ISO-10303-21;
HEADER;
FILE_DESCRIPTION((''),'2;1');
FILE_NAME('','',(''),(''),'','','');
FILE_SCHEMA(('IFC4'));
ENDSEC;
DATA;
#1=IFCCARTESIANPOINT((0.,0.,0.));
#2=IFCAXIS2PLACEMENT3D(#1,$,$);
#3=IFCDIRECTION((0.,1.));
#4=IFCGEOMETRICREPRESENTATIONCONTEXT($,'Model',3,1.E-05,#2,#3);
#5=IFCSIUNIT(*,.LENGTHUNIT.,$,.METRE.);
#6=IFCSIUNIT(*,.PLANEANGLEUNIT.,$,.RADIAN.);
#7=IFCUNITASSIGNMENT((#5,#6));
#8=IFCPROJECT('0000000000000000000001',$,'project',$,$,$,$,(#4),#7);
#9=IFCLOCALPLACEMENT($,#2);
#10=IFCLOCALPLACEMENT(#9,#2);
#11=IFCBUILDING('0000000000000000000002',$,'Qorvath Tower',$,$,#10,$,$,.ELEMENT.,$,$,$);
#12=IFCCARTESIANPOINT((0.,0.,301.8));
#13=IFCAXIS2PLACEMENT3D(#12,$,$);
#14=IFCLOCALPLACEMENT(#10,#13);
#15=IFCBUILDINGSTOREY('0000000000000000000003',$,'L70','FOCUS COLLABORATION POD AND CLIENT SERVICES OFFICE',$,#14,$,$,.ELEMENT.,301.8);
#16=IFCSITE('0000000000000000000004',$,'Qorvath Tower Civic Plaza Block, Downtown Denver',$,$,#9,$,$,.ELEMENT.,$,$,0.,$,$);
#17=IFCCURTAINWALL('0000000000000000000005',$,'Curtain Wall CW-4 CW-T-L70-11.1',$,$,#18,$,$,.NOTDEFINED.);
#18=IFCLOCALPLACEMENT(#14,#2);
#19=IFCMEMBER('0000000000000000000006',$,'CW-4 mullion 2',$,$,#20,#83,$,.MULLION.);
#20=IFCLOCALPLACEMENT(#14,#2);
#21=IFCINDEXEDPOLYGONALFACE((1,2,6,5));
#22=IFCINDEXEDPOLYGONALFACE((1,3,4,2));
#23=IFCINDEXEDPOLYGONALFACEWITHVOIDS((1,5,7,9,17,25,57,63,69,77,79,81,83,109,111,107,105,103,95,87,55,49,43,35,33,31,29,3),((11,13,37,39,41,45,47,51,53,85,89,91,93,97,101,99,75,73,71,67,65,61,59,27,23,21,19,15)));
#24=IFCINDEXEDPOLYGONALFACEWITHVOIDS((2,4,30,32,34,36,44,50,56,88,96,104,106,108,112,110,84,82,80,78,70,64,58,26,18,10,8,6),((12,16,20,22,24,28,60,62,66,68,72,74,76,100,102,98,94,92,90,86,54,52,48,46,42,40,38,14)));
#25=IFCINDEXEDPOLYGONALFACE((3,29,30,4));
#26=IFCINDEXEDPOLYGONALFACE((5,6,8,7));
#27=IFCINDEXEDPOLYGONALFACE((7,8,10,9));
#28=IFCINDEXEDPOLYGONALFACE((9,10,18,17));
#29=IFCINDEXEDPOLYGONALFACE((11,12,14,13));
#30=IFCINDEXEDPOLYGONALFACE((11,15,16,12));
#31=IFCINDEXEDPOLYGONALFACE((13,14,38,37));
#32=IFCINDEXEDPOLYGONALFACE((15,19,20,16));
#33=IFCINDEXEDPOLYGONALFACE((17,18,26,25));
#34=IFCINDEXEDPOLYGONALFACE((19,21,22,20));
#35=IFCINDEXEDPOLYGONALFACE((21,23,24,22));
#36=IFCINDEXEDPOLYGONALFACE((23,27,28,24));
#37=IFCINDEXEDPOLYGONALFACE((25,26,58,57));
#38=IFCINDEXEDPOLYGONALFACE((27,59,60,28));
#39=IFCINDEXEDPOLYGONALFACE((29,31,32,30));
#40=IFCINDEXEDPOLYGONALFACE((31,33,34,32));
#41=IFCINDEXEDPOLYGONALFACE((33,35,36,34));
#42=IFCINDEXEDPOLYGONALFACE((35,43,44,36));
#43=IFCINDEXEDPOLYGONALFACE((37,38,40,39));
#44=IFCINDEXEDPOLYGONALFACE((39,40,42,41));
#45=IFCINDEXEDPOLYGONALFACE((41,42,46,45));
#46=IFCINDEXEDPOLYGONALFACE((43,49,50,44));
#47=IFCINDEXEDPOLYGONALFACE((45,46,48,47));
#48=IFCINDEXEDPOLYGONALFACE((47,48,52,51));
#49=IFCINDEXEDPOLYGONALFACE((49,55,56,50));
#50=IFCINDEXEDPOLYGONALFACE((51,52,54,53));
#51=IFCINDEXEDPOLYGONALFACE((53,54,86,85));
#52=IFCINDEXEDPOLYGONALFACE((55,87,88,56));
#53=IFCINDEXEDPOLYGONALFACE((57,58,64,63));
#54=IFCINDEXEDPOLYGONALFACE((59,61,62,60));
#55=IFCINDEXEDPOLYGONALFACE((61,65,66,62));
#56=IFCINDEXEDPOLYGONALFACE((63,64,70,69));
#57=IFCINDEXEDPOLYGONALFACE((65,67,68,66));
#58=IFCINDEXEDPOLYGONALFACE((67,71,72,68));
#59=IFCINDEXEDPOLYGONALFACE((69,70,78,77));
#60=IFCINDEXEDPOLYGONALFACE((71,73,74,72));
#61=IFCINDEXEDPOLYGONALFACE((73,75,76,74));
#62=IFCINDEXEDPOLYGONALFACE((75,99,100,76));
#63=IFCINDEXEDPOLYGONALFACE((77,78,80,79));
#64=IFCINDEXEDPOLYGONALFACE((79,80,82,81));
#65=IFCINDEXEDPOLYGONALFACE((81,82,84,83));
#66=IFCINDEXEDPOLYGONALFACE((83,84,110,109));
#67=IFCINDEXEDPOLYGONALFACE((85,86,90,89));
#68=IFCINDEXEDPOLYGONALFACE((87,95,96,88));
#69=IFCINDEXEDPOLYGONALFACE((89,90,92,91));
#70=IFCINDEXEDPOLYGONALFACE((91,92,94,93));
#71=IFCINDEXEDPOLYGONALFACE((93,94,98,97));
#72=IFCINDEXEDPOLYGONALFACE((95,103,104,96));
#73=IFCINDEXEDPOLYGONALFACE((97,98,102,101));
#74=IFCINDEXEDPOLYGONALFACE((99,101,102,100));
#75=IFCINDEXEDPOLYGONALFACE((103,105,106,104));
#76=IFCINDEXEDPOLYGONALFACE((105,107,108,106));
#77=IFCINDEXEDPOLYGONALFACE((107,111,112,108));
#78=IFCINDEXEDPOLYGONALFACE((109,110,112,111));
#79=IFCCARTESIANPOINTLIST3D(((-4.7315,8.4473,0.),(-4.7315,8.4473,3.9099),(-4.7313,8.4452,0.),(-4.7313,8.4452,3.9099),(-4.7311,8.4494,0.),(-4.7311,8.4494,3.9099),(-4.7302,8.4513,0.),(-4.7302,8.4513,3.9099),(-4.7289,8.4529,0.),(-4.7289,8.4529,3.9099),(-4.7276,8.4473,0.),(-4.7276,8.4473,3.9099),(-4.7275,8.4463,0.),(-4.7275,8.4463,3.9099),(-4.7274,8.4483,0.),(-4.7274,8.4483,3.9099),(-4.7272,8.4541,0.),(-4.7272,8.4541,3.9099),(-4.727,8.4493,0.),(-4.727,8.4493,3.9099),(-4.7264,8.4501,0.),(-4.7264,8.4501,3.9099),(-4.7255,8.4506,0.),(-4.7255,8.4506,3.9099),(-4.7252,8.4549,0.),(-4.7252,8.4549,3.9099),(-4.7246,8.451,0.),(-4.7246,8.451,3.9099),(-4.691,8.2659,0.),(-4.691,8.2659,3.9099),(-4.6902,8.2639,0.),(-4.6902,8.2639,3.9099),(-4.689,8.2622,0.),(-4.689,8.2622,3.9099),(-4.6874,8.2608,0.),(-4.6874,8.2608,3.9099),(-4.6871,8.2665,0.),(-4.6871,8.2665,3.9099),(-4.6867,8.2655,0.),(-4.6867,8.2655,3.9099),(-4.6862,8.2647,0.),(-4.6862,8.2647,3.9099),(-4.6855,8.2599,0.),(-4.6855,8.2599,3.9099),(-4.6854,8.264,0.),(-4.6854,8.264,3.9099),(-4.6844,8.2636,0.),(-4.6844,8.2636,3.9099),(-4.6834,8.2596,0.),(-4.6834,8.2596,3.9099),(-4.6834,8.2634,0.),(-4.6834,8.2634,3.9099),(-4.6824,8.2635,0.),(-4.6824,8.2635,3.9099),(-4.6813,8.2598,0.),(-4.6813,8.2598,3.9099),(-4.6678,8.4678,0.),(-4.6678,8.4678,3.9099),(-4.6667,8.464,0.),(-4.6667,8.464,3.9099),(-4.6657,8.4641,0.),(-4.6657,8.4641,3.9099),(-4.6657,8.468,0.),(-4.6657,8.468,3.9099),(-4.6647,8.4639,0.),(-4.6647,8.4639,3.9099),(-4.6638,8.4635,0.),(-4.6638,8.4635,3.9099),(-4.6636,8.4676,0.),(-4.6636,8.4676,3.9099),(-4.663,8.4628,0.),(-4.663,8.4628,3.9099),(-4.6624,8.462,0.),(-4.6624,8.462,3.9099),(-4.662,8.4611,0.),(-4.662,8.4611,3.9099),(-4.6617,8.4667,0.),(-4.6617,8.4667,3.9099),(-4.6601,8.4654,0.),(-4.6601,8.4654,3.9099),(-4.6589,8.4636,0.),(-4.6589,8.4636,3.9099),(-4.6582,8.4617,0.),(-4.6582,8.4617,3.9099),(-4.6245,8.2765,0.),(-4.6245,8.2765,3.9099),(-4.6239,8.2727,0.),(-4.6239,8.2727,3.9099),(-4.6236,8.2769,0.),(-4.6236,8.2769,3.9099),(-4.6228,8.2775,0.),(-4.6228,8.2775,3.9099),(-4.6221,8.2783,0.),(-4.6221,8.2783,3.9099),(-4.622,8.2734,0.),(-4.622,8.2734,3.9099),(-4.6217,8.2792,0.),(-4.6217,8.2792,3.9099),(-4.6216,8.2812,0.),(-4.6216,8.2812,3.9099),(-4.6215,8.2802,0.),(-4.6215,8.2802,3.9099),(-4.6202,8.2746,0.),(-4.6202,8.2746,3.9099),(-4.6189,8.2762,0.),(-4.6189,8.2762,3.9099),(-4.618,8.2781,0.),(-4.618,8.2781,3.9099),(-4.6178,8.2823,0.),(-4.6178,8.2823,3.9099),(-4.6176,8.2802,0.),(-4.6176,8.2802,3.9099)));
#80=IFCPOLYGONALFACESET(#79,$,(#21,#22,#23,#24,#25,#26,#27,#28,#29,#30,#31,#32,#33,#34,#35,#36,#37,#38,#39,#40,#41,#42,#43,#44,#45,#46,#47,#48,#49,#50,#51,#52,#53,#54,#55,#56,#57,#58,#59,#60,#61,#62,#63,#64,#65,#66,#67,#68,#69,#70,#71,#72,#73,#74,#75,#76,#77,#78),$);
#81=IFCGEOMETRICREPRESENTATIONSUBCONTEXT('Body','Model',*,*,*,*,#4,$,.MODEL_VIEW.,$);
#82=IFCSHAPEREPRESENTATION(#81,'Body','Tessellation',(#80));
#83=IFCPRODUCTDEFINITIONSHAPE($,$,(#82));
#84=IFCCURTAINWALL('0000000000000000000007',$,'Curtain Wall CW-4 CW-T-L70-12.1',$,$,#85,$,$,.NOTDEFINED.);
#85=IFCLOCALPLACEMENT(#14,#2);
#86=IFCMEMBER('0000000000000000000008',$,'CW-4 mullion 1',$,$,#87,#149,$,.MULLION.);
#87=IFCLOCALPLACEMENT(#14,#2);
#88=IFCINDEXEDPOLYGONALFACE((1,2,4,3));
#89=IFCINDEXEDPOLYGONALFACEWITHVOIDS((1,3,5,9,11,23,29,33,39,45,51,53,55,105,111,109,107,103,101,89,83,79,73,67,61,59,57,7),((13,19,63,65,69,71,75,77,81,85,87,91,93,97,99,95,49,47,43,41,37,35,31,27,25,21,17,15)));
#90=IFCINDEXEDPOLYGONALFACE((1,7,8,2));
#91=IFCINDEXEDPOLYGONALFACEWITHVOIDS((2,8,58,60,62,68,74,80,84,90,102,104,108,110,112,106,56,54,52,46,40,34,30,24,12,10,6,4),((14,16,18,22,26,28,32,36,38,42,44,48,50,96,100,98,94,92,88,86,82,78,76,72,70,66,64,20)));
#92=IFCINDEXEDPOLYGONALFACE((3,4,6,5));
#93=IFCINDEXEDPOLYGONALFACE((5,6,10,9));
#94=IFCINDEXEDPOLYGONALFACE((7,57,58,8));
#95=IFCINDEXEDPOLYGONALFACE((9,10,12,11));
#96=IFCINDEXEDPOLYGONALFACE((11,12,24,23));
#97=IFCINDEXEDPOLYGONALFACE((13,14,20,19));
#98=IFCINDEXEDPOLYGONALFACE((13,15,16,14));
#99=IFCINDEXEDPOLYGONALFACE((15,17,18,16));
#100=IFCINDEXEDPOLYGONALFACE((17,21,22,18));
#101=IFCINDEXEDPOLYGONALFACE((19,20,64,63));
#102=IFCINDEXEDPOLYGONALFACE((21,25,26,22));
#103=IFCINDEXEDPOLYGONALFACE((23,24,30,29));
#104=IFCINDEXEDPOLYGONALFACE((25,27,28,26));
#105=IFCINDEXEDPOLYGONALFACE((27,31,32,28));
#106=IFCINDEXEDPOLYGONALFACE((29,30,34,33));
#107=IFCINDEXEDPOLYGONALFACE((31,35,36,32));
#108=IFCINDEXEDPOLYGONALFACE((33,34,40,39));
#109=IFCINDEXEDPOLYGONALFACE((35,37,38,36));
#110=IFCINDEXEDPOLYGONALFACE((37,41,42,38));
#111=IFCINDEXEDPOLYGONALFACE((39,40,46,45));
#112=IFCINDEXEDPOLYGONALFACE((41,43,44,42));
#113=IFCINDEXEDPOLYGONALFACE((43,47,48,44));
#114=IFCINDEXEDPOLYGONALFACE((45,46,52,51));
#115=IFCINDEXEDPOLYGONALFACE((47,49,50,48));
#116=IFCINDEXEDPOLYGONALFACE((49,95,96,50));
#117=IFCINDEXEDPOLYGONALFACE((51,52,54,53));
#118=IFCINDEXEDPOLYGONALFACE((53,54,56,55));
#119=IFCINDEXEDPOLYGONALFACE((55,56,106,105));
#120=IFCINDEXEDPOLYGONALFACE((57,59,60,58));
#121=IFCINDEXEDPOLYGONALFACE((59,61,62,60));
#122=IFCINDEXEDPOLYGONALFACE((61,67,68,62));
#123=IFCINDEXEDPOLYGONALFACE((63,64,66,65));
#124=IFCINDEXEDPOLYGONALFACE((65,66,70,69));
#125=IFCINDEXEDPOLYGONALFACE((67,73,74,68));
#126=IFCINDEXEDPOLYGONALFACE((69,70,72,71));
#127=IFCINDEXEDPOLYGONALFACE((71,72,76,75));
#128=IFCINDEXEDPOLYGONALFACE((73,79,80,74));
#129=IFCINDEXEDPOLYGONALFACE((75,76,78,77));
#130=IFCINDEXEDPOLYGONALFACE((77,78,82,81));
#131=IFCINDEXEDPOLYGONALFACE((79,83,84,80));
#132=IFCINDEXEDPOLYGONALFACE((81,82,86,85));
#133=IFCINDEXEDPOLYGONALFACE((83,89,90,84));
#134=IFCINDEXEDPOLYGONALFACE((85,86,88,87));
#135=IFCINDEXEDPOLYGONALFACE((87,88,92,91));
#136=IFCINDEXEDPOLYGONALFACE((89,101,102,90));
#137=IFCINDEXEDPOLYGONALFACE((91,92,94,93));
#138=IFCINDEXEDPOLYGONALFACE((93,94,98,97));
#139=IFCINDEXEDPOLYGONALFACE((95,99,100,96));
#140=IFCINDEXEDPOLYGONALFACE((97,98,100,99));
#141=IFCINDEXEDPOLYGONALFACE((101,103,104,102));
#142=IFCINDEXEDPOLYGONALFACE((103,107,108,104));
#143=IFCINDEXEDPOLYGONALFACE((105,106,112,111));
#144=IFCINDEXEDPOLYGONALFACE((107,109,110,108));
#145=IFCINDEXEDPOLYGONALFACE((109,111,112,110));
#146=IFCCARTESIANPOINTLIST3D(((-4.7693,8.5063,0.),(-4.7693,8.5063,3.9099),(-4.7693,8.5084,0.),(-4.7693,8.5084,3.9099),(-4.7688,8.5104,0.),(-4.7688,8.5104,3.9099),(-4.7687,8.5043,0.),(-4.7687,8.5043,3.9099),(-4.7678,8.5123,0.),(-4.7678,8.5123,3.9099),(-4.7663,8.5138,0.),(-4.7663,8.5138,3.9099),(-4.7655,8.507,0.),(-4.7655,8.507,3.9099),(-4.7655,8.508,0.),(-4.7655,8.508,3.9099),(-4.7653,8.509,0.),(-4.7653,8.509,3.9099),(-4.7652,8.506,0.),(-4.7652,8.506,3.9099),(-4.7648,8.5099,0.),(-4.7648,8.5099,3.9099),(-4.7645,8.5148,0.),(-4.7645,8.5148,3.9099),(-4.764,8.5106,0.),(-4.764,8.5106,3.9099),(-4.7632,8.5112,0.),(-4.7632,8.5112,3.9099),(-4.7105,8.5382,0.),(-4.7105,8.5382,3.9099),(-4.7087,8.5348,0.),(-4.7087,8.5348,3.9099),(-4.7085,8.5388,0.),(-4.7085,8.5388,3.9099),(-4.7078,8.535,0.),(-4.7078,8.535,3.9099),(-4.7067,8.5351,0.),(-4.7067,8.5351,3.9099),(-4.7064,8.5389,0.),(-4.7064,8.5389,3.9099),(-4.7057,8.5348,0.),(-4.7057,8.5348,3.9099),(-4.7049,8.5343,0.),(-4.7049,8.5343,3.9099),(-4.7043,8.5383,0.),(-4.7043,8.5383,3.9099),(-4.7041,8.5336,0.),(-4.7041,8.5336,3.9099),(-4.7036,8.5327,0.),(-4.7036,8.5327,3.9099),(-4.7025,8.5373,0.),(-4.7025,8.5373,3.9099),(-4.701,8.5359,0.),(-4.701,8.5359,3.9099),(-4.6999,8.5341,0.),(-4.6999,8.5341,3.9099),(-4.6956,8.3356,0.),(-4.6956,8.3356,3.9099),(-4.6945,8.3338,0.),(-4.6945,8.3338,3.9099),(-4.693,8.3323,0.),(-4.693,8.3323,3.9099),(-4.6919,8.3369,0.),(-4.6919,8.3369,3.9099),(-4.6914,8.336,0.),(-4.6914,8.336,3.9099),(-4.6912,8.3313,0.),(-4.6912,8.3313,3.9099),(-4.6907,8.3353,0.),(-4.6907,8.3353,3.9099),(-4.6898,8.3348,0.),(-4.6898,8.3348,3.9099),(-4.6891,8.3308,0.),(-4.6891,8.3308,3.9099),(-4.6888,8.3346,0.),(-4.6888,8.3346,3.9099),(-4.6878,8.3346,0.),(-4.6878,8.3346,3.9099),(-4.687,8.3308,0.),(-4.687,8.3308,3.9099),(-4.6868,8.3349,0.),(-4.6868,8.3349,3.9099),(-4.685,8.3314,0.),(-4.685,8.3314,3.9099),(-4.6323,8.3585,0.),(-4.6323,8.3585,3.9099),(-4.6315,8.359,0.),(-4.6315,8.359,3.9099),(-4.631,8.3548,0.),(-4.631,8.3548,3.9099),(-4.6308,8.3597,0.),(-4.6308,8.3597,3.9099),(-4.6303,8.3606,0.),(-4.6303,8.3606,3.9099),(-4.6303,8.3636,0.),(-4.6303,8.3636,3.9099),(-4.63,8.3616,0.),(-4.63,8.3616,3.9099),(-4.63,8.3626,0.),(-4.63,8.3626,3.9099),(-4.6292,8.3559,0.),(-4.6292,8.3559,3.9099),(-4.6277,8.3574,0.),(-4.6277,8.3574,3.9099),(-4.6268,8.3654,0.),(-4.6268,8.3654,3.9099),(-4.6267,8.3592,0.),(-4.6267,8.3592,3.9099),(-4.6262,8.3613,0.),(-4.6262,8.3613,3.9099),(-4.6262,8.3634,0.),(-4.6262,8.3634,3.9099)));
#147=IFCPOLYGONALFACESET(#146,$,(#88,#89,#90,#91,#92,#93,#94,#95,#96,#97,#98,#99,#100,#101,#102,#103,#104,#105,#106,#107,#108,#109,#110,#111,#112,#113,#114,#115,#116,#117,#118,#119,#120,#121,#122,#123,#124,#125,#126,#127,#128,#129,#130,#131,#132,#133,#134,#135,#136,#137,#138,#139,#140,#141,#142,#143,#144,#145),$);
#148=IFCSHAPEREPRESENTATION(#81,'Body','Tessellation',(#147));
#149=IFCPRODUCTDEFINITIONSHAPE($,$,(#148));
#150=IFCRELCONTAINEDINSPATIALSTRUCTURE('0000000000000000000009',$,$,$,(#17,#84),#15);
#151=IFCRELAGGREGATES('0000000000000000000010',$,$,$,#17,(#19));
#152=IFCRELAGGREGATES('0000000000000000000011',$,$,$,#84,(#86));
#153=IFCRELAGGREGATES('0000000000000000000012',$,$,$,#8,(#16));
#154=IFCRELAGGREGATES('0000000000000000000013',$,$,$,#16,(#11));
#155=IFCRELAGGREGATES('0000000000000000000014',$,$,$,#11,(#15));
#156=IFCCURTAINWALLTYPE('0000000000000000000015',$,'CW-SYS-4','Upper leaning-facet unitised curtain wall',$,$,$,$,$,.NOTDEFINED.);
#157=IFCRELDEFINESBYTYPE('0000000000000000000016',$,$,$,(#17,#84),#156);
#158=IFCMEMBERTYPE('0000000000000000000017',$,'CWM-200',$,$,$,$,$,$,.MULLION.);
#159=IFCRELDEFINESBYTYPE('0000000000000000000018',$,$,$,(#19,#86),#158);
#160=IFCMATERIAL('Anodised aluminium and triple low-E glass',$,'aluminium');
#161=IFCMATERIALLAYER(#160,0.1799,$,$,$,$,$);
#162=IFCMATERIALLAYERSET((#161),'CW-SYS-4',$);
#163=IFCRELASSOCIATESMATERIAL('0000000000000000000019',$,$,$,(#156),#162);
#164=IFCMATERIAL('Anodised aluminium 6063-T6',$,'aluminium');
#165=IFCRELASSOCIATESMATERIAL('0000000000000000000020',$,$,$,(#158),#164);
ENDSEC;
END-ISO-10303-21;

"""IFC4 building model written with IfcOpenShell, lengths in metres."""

from ifc_helpers import new_model, si_unit, direction, frame, origin, origin_2d, place, context, subcontext, project, spatial, hollow_rectangle, extrude, material, layer, layer_set, material_profile, profile_set, type_object, element, aggregate, save


model = new_model("IFC4")

# Units and contexts
model_context = context("Model", 3, precision=1e-05, world=origin(), true_north=direction((0.0, 1.0)))
body_context = subcontext(model_context, "Body", "Model", "MODEL_VIEW")
ifc_project = project(units=[si_unit("LENGTHUNIT", "METRE"), si_unit("PLANEANGLEUNIT", "RADIAN")], contexts=[model_context])

# Site, building, storey
site_placement = place(None, origin())
site = spatial("IfcSite", under=ifc_project, at=site_placement, Name="Qorvath Tower Civic Plaza Block, Downtown Denver", CompositionType="ELEMENT", RefElevation=0.0)
building_placement = place(site_placement, origin())
building = spatial("IfcBuilding", under=site, at=building_placement, Name="Qorvath Tower", CompositionType="ELEMENT")
storey_placement = place(building_placement, frame((0.0, 0.0, 301.8)))
storey = spatial("IfcBuildingStorey", under=building, at=storey_placement, Name="L70", Description="FOCUS COLLABORATION POD AND CLIENT SERVICES OFFICE", CompositionType="ELEMENT", Elevation=301.8)

# Curtain wall, member
ifc_material_1 = material(Name="Anodised aluminium and triple low-E glass", Category="aluminium")
ifc_layer_1 = layer(ifc_material_1, 0.1799)
ifc_layer_set_1 = layer_set([ifc_layer_1], Name="CW-SYS-4")
curtain_wall_type = type_object("IfcCurtainWallType", Name="CW-SYS-4", Description="Upper leaning-facet unitised curtain wall", PredefinedType="NOTDEFINED", material=ifc_layer_set_1)
curtain_wall_1_placement = place(storey_placement, origin())
curtain_wall_1 = element("IfcCurtainWall", 1, at=curtain_wall_1_placement, inside=storey, type_object=curtain_wall_type, Name="Curtain Wall CW-4 CW-T-L70-11.1", PredefinedType="NOTDEFINED")
ifc_material_2 = material(Name="Anodised aluminium 6063-T6", Category="aluminium")
ifc_material_profile_1 = material_profile(ifc_material_2, hollow_rectangle(XDim=0.075, YDim=0.2, WallThickness=0.0039, InnerFilletRadius=0.0039, OuterFilletRadius=0.0081, at=origin_2d()), Name="CWM 200x75")
ifc_profile_set_1 = profile_set([ifc_material_profile_1], Name="Anodised aluminium 6063-T6")
member_type_1 = type_object("IfcMemberType", Name="CWM-200", PredefinedType="MULLION", material=ifc_profile_set_1)
member_1_placement = place(storey_placement, frame((-4.6746, 8.3638, 0.0), z_axis=(0.0, 0.0, 1.0), x_axis=(-0.975637, -0.219389, 0.0)))
member_1 = element("IfcMember", 2, at=member_1_placement, type_object=member_type_1, Name="CW-4 mullion 2", PredefinedType="MULLION", context=body_context, shape_type="SweptSolid", body=[
    extrude(hollow_rectangle(XDim=0.075, YDim=0.2, WallThickness=0.0039, InnerFilletRadius=0.0039, OuterFilletRadius=0.0081, at=origin_2d()), origin(), (0.0, 0.0, 1.0), 3.9099),
])

# Curtain wall, member
curtain_wall_2_placement = place(storey_placement, origin())
curtain_wall_2 = element("IfcCurtainWall", 3, at=curtain_wall_2_placement, inside=storey, type_object=curtain_wall_type, Name="Curtain Wall CW-4 CW-T-L70-12.1", PredefinedType="NOTDEFINED")
member_2_placement = place(storey_placement, frame((-4.6978, 8.4348, 0.0), z_axis=(0.0, 0.0, 1.0), x_axis=(-0.917541, -0.397641, 0.0)))
member_2 = element("IfcMember", 4, at=member_2_placement, type_object=member_type_1, Name="CW-4 mullion 1", PredefinedType="MULLION", context=body_context, shape_type="SweptSolid", body=[
    extrude(hollow_rectangle(XDim=0.075, YDim=0.2, WallThickness=0.0039, InnerFilletRadius=0.0039, OuterFilletRadius=0.0081, at=origin_2d()), origin(), (0.0, 0.0, 1.0), 3.9099),
])

aggregate(curtain_wall_1, [member_1])
aggregate(curtain_wall_2, [member_2])

save(model, "model.ifc")
